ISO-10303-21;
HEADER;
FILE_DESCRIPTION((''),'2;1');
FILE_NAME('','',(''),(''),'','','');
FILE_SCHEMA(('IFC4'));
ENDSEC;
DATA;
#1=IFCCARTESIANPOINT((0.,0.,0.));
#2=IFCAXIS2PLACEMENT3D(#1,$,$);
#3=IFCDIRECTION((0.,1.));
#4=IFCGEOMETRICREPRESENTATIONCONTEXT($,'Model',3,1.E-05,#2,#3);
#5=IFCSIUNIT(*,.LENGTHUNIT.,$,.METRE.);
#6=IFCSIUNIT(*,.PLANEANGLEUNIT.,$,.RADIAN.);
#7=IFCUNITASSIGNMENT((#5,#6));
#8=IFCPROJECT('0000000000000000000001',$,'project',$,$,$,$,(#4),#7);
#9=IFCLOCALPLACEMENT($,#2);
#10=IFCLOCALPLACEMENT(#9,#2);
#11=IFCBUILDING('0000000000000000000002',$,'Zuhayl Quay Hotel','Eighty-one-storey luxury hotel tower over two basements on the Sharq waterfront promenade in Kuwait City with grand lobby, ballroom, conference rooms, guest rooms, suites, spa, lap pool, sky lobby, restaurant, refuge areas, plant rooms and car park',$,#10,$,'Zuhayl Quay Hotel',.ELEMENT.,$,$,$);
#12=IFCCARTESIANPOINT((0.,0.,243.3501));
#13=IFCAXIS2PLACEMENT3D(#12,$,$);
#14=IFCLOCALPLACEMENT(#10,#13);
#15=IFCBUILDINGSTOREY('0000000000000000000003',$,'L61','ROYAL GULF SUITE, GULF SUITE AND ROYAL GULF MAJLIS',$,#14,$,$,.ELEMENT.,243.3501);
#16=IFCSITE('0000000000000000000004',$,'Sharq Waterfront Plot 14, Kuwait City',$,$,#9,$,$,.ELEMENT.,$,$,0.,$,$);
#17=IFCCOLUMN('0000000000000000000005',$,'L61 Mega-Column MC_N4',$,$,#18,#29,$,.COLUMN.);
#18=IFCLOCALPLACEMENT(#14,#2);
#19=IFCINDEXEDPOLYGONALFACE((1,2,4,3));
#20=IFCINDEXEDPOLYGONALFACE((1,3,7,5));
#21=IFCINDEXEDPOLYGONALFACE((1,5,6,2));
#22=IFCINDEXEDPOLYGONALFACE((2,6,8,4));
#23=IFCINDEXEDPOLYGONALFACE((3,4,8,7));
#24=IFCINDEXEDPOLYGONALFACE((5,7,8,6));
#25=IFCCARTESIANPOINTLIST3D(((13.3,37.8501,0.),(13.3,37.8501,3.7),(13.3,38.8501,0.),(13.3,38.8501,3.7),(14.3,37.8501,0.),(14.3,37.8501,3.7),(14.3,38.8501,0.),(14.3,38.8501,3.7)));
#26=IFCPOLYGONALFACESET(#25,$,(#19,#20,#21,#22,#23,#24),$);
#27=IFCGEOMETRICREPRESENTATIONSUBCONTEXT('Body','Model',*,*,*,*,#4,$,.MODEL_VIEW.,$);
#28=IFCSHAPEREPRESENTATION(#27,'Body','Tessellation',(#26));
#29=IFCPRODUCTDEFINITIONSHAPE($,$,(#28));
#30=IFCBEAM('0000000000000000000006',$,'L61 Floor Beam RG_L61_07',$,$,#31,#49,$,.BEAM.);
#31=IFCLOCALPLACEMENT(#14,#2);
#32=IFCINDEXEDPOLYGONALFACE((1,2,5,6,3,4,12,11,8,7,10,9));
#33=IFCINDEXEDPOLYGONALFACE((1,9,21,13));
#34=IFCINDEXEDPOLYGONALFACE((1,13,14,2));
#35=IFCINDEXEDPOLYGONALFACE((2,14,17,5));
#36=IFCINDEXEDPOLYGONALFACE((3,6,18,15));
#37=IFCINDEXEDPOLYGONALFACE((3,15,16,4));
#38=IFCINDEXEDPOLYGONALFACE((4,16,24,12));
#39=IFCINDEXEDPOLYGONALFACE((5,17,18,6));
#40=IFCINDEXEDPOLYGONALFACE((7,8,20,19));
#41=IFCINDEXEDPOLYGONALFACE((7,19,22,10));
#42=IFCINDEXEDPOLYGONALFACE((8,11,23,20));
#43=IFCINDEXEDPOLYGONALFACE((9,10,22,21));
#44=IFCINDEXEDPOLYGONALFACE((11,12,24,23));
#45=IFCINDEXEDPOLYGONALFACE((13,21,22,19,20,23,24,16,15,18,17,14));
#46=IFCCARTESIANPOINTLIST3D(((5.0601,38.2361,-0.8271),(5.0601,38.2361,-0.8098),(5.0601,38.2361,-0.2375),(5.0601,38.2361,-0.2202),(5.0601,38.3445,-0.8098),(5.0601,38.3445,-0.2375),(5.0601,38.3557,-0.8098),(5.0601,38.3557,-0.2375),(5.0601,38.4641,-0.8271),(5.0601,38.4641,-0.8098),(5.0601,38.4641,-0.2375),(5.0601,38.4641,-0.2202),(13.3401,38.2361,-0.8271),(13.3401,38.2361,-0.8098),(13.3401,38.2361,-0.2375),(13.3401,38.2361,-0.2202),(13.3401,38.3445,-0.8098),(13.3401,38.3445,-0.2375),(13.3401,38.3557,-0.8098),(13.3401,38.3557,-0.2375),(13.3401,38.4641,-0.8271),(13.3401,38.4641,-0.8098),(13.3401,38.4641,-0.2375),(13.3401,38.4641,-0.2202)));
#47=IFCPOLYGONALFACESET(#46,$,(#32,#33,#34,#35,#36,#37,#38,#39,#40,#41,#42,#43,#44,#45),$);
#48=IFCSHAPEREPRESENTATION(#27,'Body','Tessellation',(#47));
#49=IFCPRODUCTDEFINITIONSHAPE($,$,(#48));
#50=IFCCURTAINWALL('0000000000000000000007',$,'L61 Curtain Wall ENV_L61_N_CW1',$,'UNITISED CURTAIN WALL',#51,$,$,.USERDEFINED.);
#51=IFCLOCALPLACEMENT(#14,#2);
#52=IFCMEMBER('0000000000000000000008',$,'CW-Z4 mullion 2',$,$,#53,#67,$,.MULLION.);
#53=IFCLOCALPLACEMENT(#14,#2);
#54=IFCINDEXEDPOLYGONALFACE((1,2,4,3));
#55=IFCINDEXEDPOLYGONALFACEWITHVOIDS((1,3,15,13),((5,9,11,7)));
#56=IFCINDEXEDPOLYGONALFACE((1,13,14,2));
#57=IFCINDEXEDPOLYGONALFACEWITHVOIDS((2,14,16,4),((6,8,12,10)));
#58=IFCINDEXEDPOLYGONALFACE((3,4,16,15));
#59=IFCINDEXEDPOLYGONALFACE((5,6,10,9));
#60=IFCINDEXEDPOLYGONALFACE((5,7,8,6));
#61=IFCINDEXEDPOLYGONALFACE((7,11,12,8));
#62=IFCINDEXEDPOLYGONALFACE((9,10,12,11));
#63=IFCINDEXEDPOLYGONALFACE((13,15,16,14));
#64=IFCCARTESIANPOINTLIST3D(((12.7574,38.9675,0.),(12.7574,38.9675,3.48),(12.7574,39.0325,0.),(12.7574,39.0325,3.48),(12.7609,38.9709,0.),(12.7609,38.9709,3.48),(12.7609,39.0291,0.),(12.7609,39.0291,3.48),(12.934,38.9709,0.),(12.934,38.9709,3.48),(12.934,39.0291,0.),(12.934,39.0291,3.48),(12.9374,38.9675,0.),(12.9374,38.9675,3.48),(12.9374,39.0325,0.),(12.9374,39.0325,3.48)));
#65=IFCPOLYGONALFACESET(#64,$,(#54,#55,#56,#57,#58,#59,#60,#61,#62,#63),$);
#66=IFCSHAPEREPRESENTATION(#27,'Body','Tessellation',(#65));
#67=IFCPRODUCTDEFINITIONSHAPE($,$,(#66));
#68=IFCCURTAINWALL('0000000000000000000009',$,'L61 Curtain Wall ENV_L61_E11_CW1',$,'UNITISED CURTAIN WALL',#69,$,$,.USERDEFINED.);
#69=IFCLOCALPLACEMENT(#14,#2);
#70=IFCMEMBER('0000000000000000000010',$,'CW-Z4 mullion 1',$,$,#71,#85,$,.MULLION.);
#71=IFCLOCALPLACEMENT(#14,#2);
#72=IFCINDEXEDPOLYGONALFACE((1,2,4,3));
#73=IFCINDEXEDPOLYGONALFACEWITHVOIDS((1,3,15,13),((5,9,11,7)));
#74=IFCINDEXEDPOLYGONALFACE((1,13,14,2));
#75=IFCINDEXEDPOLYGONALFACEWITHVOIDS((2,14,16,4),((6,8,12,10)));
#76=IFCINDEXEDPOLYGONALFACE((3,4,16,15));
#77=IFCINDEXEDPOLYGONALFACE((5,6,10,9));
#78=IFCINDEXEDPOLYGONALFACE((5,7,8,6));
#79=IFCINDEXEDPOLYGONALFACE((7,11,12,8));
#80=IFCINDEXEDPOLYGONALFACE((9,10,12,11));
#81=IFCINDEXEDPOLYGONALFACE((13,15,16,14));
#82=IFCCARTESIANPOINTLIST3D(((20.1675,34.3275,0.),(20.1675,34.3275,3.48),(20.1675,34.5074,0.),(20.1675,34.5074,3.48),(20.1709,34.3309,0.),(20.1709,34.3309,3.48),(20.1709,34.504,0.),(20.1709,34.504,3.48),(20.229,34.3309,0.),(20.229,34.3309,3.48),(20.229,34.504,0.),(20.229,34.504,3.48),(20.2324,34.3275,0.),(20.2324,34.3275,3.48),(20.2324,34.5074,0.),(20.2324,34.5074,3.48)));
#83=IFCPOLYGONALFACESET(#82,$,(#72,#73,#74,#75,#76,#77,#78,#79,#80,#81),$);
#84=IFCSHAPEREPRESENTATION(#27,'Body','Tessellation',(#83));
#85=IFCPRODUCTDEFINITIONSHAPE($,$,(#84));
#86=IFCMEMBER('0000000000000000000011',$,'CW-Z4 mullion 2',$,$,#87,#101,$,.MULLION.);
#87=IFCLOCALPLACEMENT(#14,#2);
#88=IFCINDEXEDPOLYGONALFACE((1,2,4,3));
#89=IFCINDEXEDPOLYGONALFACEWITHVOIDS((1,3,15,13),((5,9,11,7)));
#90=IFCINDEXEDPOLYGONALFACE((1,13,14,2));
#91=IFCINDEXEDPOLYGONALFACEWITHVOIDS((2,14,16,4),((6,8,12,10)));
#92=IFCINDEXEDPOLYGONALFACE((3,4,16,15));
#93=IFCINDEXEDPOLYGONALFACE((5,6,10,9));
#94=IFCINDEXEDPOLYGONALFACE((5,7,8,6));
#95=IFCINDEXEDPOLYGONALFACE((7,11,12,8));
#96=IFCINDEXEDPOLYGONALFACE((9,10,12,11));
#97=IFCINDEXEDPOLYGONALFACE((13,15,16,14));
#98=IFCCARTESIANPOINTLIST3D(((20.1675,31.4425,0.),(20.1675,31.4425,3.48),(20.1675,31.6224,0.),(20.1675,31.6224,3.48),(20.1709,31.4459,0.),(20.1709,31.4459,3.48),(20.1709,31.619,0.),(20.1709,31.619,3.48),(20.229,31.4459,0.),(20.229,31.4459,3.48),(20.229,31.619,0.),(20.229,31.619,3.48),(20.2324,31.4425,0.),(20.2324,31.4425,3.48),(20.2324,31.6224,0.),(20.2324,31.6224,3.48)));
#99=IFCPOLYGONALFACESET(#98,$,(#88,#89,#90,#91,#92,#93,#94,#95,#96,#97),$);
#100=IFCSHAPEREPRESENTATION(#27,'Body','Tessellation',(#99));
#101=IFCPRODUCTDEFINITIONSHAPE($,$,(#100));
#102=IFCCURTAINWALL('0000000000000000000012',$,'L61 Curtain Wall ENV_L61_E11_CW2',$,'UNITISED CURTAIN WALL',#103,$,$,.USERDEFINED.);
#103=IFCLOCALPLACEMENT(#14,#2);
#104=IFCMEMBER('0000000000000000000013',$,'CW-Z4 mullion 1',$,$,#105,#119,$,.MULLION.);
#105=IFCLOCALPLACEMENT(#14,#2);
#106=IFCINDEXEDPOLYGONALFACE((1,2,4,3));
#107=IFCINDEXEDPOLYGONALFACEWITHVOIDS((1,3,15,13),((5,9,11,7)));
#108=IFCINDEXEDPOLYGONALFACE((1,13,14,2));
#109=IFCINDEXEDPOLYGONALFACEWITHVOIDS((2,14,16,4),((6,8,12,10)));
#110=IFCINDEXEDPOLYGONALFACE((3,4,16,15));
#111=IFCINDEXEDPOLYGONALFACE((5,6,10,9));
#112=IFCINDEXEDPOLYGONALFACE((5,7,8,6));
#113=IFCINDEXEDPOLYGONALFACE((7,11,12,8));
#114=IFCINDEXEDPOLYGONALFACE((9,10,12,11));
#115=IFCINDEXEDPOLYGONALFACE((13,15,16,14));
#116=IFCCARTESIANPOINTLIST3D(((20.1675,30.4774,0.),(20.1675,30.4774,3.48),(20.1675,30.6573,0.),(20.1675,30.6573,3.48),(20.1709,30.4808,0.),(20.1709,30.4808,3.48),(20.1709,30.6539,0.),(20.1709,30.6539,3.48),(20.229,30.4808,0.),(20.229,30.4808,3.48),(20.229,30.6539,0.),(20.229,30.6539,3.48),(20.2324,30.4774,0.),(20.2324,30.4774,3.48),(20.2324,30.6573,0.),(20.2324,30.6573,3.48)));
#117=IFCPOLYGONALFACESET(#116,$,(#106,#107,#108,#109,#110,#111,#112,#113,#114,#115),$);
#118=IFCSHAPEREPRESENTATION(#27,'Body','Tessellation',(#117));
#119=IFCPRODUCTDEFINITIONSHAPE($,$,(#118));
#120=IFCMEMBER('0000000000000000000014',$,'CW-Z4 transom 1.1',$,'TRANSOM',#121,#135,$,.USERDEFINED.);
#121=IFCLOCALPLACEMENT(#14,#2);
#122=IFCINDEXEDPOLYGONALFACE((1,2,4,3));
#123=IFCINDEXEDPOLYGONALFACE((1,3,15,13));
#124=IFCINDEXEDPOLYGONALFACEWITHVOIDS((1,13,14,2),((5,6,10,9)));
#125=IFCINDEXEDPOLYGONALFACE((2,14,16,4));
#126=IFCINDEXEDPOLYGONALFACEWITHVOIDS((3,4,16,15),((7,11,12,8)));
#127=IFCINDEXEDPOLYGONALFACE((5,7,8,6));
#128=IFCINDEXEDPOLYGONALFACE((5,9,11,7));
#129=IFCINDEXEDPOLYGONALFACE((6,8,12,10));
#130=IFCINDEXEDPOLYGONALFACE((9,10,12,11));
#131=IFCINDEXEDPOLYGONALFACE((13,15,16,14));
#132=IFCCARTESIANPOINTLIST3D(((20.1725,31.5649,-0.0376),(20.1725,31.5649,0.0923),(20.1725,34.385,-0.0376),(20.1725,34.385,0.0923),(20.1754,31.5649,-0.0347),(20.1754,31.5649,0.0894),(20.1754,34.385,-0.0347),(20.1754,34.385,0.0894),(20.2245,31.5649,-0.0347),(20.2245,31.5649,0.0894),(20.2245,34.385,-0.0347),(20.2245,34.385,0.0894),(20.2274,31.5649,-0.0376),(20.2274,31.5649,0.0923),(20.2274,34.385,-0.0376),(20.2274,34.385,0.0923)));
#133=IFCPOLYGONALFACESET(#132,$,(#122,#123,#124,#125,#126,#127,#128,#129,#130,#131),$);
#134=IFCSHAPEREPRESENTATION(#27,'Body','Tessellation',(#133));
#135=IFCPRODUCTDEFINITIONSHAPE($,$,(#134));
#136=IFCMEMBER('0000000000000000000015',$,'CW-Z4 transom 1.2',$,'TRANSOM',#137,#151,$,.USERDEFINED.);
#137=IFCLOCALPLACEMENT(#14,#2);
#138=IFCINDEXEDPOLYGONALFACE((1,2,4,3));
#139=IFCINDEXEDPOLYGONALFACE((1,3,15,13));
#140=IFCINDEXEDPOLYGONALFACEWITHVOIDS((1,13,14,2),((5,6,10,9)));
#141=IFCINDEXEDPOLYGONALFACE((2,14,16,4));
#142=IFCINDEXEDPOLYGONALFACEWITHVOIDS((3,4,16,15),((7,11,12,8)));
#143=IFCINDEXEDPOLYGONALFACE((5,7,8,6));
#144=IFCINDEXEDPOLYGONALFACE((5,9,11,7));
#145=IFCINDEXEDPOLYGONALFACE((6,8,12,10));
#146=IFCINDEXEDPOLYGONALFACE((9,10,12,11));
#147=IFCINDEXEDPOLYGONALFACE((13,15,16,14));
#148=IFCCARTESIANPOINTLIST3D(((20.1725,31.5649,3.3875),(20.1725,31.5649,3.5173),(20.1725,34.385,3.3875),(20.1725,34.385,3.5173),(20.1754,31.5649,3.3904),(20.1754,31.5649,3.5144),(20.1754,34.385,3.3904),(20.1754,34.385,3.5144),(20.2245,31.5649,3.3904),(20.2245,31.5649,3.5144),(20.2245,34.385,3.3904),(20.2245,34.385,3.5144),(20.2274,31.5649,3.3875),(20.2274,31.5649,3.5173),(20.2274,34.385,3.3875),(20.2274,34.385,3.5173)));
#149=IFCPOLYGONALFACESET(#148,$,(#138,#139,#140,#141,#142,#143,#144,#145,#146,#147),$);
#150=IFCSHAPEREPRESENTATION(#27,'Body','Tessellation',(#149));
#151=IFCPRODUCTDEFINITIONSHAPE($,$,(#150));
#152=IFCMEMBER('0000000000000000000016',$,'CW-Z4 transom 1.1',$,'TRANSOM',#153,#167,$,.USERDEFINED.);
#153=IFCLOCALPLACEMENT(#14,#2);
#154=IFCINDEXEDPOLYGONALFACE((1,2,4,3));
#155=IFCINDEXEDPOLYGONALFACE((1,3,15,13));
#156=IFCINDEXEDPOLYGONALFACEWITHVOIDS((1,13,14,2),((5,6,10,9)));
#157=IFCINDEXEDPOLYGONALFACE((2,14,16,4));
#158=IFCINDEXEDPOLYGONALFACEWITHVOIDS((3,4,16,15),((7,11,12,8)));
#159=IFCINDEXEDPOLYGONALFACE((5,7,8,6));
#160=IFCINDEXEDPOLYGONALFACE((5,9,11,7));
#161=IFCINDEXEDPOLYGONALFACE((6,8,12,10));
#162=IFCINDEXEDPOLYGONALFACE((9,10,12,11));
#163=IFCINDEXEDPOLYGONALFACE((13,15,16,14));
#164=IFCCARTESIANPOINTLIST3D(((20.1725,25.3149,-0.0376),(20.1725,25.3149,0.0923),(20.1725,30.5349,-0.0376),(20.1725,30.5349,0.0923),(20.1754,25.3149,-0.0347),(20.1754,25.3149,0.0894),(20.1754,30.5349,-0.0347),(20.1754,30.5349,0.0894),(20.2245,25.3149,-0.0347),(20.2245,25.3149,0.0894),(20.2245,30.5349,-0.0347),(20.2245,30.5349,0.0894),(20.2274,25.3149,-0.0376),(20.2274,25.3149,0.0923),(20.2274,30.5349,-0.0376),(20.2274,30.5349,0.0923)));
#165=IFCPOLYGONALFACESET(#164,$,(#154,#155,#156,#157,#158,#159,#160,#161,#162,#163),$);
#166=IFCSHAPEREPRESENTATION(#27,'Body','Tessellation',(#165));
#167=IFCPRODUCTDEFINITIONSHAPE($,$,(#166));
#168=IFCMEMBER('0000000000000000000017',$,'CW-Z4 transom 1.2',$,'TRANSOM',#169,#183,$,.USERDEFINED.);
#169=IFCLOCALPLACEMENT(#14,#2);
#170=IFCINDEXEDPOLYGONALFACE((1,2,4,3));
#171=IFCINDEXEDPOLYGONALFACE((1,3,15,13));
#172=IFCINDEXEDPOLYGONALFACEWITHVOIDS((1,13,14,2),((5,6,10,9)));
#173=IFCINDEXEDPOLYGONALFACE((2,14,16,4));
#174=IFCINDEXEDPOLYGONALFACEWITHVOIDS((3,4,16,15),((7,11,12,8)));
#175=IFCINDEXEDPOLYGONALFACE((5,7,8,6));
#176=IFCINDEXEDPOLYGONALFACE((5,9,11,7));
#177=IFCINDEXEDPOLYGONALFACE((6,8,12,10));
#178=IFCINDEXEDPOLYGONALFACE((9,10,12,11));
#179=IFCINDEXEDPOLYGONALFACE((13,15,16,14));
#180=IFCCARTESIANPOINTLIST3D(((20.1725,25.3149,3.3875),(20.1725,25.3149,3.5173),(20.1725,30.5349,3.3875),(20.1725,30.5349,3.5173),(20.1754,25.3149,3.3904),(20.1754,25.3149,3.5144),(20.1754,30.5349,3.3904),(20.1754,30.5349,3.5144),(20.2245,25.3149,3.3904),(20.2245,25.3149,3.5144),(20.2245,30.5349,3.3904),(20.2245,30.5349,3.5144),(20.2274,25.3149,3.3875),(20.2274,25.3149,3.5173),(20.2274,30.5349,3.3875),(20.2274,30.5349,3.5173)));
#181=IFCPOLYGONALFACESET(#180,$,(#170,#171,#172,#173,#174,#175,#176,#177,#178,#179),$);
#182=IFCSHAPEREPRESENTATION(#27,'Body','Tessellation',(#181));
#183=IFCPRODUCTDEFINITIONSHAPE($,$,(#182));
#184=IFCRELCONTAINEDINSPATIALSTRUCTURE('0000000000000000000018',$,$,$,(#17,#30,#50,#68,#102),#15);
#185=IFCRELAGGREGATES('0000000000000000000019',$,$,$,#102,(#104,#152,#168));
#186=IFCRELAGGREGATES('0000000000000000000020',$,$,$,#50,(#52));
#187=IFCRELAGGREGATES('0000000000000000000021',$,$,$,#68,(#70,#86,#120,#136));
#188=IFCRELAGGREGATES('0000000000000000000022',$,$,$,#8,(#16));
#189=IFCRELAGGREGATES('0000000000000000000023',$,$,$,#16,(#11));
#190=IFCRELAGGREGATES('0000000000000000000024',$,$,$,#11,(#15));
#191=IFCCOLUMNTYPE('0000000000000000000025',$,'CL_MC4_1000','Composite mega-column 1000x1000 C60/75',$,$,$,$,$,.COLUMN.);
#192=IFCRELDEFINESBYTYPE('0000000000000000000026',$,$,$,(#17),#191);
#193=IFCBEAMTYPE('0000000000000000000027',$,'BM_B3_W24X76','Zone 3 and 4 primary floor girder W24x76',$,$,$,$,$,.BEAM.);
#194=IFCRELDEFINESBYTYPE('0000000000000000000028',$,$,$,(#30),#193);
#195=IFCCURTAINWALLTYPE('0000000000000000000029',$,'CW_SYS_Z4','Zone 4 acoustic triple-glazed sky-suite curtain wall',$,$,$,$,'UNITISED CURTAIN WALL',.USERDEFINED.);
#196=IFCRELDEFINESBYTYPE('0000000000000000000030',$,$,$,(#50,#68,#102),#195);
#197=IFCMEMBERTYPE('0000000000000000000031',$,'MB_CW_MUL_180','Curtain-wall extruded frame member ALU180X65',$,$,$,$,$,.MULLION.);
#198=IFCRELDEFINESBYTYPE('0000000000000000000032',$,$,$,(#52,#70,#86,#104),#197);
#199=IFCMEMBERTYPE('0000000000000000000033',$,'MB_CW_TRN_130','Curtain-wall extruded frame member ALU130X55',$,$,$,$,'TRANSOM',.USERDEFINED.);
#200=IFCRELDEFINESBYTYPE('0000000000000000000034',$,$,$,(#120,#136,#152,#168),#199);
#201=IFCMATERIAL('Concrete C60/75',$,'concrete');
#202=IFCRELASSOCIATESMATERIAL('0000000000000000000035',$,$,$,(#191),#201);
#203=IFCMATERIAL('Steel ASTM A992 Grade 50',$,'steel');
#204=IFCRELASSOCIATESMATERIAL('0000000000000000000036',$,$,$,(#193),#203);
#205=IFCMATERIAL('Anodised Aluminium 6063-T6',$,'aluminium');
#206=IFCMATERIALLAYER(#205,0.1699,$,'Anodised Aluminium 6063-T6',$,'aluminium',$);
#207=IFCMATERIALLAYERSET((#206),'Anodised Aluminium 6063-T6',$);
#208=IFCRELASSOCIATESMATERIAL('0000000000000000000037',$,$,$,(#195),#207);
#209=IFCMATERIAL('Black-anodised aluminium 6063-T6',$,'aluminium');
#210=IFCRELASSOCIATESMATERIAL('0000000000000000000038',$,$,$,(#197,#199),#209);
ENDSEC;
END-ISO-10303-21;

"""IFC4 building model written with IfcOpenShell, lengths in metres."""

from ifc_helpers import new_model, si_unit, direction, frame, origin, origin_2d, place, context, subcontext, project, spatial, rectangle, hollow_rectangle, i_section, extrude, material, layer, layer_set, material_profile, profile_set, type_object, element, aggregate, save


model = new_model("IFC4")

# Units and contexts
model_context = context("Model", 3, precision=1e-05, world=origin(), true_north=direction((0.0, 1.0)))
body_context = subcontext(model_context, "Body", "Model", "MODEL_VIEW")
ifc_project = project(units=[si_unit("LENGTHUNIT", "METRE"), si_unit("PLANEANGLEUNIT", "RADIAN")], contexts=[model_context])

# Site, building, storey
site_placement = place(None, origin())
site = spatial("IfcSite", under=ifc_project, at=site_placement, Name="Sharq Waterfront Plot 14, Kuwait City", CompositionType="ELEMENT", RefElevation=0.0)
building_placement = place(site_placement, origin())
building = spatial("IfcBuilding", under=site, at=building_placement, Name="Zuhayl Quay Hotel", Description="Eighty-one-storey luxury hotel tower over two basements on the Sharq waterfront promenade in Kuwait City with grand lobby, ballroom, conference rooms, guest rooms, suites, spa, lap pool, sky lobby, restaurant, refuge areas, plant rooms and car park", LongName="Zuhayl Quay Hotel", CompositionType="ELEMENT")
storey_placement = place(building_placement, frame((0.0, 0.0, 243.3501)))
storey = spatial("IfcBuildingStorey", under=building, at=storey_placement, Name="L61", Description="ROYAL GULF SUITE, GULF SUITE AND ROYAL GULF MAJLIS", CompositionType="ELEMENT", Elevation=243.3501)

# Column
ifc_material_1 = material(Name="Concrete C60/75", Category="concrete")
ifc_material_profile_1 = material_profile(ifc_material_1, rectangle(XDim=1.0, YDim=1.0, at=origin_2d()), Name="RC1000X1000")
ifc_profile_set_1 = profile_set([ifc_material_profile_1], Name="Concrete C60/75")
column_type = type_object("IfcColumnType", Name="CL_MC4_1000", Description="Composite mega-column 1000x1000 C60/75", PredefinedType="COLUMN", material=ifc_profile_set_1)
column_placement = place(storey_placement, frame((13.8, 38.3501, 0.0), z_axis=(0.0, 0.0, 1.0), x_axis=(1.0, 0.0, 0.0)))
element("IfcColumn", 1, at=column_placement, inside=storey, type_object=column_type, Name="L61 Mega-Column MC_N4", PredefinedType="COLUMN", context=body_context, shape_type="SweptSolid", body=[
    extrude(rectangle(XDim=1.0, YDim=1.0, at=origin_2d()), origin(), (0.0, 0.0, 1.0), 3.7),
])

# Beam
ifc_material_2 = material(Name="Steel ASTM A992 Grade 50", Category="steel")
ifc_material_profile_2 = material_profile(ifc_material_2, i_section(OverallWidth=0.228, OverallDepth=0.6069, WebThickness=0.0112, FlangeThickness=0.0173, at=origin_2d()), Name="W24X76")
ifc_profile_set_2 = profile_set([ifc_material_profile_2], Name="Steel ASTM A992 Grade 50")
beam_type = type_object("IfcBeamType", Name="BM_B3_W24X76", Description="Zone 3 and 4 primary floor girder W24x76", PredefinedType="BEAM", material=ifc_profile_set_2)
beam_placement = place(storey_placement, frame((13.3401, 38.3501, -0.5237), z_axis=(-1.0, 0.0, 0.0), x_axis=(0.0, -1.0, 0.0)))
element("IfcBeam", 2, at=beam_placement, inside=storey, type_object=beam_type, Name="L61 Floor Beam RG_L61_07", PredefinedType="BEAM", context=body_context, shape_type="SweptSolid", body=[
    extrude(i_section(OverallWidth=0.228, OverallDepth=0.6069, WebThickness=0.0112, FlangeThickness=0.0173, at=origin_2d()), origin(), (0.0, 0.0, 1.0), 8.28),
])

# Curtain wall, member
ifc_material_3 = material(Name="Anodised Aluminium 6063-T6", Category="aluminium")
ifc_layer_1 = layer(ifc_material_3, 0.1699, Name="Anodised Aluminium 6063-T6", Category="aluminium")
ifc_layer_set_1 = layer_set([ifc_layer_1], Name="Anodised Aluminium 6063-T6")
curtain_wall_type = type_object("IfcCurtainWallType", Name="CW_SYS_Z4", Description="Zone 4 acoustic triple-glazed sky-suite curtain wall", ElementType="UNITISED CURTAIN WALL", PredefinedType="USERDEFINED", material=ifc_layer_set_1)
curtain_wall_1_placement = place(storey_placement, origin())
curtain_wall_1 = element("IfcCurtainWall", 3, at=curtain_wall_1_placement, inside=storey, type_object=curtain_wall_type, Name="L61 Curtain Wall ENV_L61_N_CW1", ObjectType="UNITISED CURTAIN WALL", PredefinedType="USERDEFINED")
ifc_material_4 = material(Name="Black-anodised aluminium 6063-T6", Category="aluminium")
ifc_material_profile_3 = material_profile(ifc_material_4, hollow_rectangle(XDim=0.0649, YDim=0.1799, WallThickness=0.0034, at=origin_2d()), Name="ALU180X65")
ifc_profile_set_3 = profile_set([ifc_material_profile_3], Name="Black-anodised aluminium 6063-T6")
member_type_1 = type_object("IfcMemberType", Name="MB_CW_MUL_180", Description="Curtain-wall extruded frame member ALU180X65", PredefinedType="MULLION", material=ifc_profile_set_3)
member_1_placement = place(storey_placement, frame((12.8474, 39.0, 0.0), z_axis=(0.0, 0.0, 1.0), x_axis=(0.0, 1.0, 0.0)))
member_1 = element("IfcMember", 4, at=member_1_placement, type_object=member_type_1, Name="CW-Z4 mullion 2", PredefinedType="MULLION", context=body_context, shape_type="SweptSolid", body=[
    extrude(hollow_rectangle(XDim=0.0649, YDim=0.1799, WallThickness=0.0034, at=origin_2d()), origin(), (0.0, 0.0, 1.0), 3.48),
])

# Curtain wall, members
curtain_wall_2_placement = place(storey_placement, origin())
curtain_wall_2 = element("IfcCurtainWall", 5, at=curtain_wall_2_placement, inside=storey, type_object=curtain_wall_type, Name="L61 Curtain Wall ENV_L61_E11_CW1", ObjectType="UNITISED CURTAIN WALL", PredefinedType="USERDEFINED")
member_2_placement = place(storey_placement, frame((20.2, 34.4175, 0.0), z_axis=(0.0, 0.0, 1.0), x_axis=(1.0, 0.0, 0.0)))
member_2 = element("IfcMember", 6, at=member_2_placement, type_object=member_type_1, Name="CW-Z4 mullion 1", PredefinedType="MULLION", context=body_context, shape_type="SweptSolid", body=[
    extrude(hollow_rectangle(XDim=0.0649, YDim=0.1799, WallThickness=0.0034, at=origin_2d()), origin(), (0.0, 0.0, 1.0), 3.48),
])
member_3_placement = place(storey_placement, frame((20.2, 31.5325, 0.0), z_axis=(0.0, 0.0, 1.0), x_axis=(1.0, 0.0, 0.0)))
member_3 = element("IfcMember", 7, at=member_3_placement, type_object=member_type_1, Name="CW-Z4 mullion 2", PredefinedType="MULLION", context=body_context, shape_type="SweptSolid", body=[
    extrude(hollow_rectangle(XDim=0.0649, YDim=0.1799, WallThickness=0.0034, at=origin_2d()), origin(), (0.0, 0.0, 1.0), 3.48),
])

# Curtain wall, member
curtain_wall_3_placement = place(storey_placement, origin())
curtain_wall_3 = element("IfcCurtainWall", 8, at=curtain_wall_3_placement, inside=storey, type_object=curtain_wall_type, Name="L61 Curtain Wall ENV_L61_E11_CW2", ObjectType="UNITISED CURTAIN WALL", PredefinedType="USERDEFINED")
member_4_placement = place(storey_placement, frame((20.2, 30.5674, 0.0), z_axis=(0.0, 0.0, 1.0), x_axis=(1.0, 0.0, 0.0)))
member_4 = element("IfcMember", 9, at=member_4_placement, type_object=member_type_1, Name="CW-Z4 mullion 1", PredefinedType="MULLION", context=body_context, shape_type="SweptSolid", body=[
    extrude(hollow_rectangle(XDim=0.0649, YDim=0.1799, WallThickness=0.0034, at=origin_2d()), origin(), (0.0, 0.0, 1.0), 3.48),
])

# Members
ifc_material_profile_4 = material_profile(ifc_material_4, hollow_rectangle(XDim=0.0549, YDim=0.1299, WallThickness=0.0029, at=origin_2d()), Name="ALU130X55")
ifc_profile_set_4 = profile_set([ifc_material_profile_4], Name="Black-anodised aluminium 6063-T6")
member_type_2 = type_object("IfcMemberType", Name="MB_CW_TRN_130", Description="Curtain-wall extruded frame member ALU130X55", ElementType="TRANSOM", PredefinedType="USERDEFINED", material=ifc_profile_set_4)
member_5_placement = place(storey_placement, frame((20.2, 34.385, 0.0273), z_axis=(0.0, -1.0, 0.0), x_axis=(1.0, 0.0, 0.0)))
member_5 = element("IfcMember", 10, at=member_5_placement, type_object=member_type_2, Name="CW-Z4 transom 1.1", ObjectType="TRANSOM", PredefinedType="USERDEFINED", context=body_context, shape_type="SweptSolid", body=[
    extrude(hollow_rectangle(XDim=0.0549, YDim=0.1299, WallThickness=0.0029, at=origin_2d()), origin(), (0.0, 0.0, 1.0), 2.8201),
])
member_6_placement = place(storey_placement, frame((20.2, 34.385, 3.4524), z_axis=(0.0, -1.0, 0.0), x_axis=(1.0, 0.0, 0.0)))
member_6 = element("IfcMember", 11, at=member_6_placement, type_object=member_type_2, Name="CW-Z4 transom 1.2", ObjectType="TRANSOM", PredefinedType="USERDEFINED", context=body_context, shape_type="SweptSolid", body=[
    extrude(hollow_rectangle(XDim=0.0549, YDim=0.1299, WallThickness=0.0029, at=origin_2d()), origin(), (0.0, 0.0, 1.0), 2.8201),
])
member_7_placement = place(storey_placement, frame((20.2, 30.5349, 0.0273), z_axis=(0.0, -1.0, 0.0), x_axis=(1.0, 0.0, 0.0)))
member_7 = element("IfcMember", 12, at=member_7_placement, type_object=member_type_2, Name="CW-Z4 transom 1.1", ObjectType="TRANSOM", PredefinedType="USERDEFINED", context=body_context, shape_type="SweptSolid", body=[
    extrude(hollow_rectangle(XDim=0.0549, YDim=0.1299, WallThickness=0.0029, at=origin_2d()), origin(), (0.0, 0.0, 1.0), 5.22),
])
member_8_placement = place(storey_placement, frame((20.2, 30.5349, 3.4524), z_axis=(0.0, -1.0, 0.0), x_axis=(1.0, 0.0, 0.0)))
member_8 = element("IfcMember", 13, at=member_8_placement, type_object=member_type_2, Name="CW-Z4 transom 1.2", ObjectType="TRANSOM", PredefinedType="USERDEFINED", context=body_context, shape_type="SweptSolid", body=[
    extrude(hollow_rectangle(XDim=0.0549, YDim=0.1299, WallThickness=0.0029, at=origin_2d()), origin(), (0.0, 0.0, 1.0), 5.22),
])
aggregate(curtain_wall_3, [member_4, member_7, member_8])

aggregate(curtain_wall_1, [member_1])
aggregate(curtain_wall_2, [member_2, member_3, member_5, member_6])

save(model, "model.ifc")
